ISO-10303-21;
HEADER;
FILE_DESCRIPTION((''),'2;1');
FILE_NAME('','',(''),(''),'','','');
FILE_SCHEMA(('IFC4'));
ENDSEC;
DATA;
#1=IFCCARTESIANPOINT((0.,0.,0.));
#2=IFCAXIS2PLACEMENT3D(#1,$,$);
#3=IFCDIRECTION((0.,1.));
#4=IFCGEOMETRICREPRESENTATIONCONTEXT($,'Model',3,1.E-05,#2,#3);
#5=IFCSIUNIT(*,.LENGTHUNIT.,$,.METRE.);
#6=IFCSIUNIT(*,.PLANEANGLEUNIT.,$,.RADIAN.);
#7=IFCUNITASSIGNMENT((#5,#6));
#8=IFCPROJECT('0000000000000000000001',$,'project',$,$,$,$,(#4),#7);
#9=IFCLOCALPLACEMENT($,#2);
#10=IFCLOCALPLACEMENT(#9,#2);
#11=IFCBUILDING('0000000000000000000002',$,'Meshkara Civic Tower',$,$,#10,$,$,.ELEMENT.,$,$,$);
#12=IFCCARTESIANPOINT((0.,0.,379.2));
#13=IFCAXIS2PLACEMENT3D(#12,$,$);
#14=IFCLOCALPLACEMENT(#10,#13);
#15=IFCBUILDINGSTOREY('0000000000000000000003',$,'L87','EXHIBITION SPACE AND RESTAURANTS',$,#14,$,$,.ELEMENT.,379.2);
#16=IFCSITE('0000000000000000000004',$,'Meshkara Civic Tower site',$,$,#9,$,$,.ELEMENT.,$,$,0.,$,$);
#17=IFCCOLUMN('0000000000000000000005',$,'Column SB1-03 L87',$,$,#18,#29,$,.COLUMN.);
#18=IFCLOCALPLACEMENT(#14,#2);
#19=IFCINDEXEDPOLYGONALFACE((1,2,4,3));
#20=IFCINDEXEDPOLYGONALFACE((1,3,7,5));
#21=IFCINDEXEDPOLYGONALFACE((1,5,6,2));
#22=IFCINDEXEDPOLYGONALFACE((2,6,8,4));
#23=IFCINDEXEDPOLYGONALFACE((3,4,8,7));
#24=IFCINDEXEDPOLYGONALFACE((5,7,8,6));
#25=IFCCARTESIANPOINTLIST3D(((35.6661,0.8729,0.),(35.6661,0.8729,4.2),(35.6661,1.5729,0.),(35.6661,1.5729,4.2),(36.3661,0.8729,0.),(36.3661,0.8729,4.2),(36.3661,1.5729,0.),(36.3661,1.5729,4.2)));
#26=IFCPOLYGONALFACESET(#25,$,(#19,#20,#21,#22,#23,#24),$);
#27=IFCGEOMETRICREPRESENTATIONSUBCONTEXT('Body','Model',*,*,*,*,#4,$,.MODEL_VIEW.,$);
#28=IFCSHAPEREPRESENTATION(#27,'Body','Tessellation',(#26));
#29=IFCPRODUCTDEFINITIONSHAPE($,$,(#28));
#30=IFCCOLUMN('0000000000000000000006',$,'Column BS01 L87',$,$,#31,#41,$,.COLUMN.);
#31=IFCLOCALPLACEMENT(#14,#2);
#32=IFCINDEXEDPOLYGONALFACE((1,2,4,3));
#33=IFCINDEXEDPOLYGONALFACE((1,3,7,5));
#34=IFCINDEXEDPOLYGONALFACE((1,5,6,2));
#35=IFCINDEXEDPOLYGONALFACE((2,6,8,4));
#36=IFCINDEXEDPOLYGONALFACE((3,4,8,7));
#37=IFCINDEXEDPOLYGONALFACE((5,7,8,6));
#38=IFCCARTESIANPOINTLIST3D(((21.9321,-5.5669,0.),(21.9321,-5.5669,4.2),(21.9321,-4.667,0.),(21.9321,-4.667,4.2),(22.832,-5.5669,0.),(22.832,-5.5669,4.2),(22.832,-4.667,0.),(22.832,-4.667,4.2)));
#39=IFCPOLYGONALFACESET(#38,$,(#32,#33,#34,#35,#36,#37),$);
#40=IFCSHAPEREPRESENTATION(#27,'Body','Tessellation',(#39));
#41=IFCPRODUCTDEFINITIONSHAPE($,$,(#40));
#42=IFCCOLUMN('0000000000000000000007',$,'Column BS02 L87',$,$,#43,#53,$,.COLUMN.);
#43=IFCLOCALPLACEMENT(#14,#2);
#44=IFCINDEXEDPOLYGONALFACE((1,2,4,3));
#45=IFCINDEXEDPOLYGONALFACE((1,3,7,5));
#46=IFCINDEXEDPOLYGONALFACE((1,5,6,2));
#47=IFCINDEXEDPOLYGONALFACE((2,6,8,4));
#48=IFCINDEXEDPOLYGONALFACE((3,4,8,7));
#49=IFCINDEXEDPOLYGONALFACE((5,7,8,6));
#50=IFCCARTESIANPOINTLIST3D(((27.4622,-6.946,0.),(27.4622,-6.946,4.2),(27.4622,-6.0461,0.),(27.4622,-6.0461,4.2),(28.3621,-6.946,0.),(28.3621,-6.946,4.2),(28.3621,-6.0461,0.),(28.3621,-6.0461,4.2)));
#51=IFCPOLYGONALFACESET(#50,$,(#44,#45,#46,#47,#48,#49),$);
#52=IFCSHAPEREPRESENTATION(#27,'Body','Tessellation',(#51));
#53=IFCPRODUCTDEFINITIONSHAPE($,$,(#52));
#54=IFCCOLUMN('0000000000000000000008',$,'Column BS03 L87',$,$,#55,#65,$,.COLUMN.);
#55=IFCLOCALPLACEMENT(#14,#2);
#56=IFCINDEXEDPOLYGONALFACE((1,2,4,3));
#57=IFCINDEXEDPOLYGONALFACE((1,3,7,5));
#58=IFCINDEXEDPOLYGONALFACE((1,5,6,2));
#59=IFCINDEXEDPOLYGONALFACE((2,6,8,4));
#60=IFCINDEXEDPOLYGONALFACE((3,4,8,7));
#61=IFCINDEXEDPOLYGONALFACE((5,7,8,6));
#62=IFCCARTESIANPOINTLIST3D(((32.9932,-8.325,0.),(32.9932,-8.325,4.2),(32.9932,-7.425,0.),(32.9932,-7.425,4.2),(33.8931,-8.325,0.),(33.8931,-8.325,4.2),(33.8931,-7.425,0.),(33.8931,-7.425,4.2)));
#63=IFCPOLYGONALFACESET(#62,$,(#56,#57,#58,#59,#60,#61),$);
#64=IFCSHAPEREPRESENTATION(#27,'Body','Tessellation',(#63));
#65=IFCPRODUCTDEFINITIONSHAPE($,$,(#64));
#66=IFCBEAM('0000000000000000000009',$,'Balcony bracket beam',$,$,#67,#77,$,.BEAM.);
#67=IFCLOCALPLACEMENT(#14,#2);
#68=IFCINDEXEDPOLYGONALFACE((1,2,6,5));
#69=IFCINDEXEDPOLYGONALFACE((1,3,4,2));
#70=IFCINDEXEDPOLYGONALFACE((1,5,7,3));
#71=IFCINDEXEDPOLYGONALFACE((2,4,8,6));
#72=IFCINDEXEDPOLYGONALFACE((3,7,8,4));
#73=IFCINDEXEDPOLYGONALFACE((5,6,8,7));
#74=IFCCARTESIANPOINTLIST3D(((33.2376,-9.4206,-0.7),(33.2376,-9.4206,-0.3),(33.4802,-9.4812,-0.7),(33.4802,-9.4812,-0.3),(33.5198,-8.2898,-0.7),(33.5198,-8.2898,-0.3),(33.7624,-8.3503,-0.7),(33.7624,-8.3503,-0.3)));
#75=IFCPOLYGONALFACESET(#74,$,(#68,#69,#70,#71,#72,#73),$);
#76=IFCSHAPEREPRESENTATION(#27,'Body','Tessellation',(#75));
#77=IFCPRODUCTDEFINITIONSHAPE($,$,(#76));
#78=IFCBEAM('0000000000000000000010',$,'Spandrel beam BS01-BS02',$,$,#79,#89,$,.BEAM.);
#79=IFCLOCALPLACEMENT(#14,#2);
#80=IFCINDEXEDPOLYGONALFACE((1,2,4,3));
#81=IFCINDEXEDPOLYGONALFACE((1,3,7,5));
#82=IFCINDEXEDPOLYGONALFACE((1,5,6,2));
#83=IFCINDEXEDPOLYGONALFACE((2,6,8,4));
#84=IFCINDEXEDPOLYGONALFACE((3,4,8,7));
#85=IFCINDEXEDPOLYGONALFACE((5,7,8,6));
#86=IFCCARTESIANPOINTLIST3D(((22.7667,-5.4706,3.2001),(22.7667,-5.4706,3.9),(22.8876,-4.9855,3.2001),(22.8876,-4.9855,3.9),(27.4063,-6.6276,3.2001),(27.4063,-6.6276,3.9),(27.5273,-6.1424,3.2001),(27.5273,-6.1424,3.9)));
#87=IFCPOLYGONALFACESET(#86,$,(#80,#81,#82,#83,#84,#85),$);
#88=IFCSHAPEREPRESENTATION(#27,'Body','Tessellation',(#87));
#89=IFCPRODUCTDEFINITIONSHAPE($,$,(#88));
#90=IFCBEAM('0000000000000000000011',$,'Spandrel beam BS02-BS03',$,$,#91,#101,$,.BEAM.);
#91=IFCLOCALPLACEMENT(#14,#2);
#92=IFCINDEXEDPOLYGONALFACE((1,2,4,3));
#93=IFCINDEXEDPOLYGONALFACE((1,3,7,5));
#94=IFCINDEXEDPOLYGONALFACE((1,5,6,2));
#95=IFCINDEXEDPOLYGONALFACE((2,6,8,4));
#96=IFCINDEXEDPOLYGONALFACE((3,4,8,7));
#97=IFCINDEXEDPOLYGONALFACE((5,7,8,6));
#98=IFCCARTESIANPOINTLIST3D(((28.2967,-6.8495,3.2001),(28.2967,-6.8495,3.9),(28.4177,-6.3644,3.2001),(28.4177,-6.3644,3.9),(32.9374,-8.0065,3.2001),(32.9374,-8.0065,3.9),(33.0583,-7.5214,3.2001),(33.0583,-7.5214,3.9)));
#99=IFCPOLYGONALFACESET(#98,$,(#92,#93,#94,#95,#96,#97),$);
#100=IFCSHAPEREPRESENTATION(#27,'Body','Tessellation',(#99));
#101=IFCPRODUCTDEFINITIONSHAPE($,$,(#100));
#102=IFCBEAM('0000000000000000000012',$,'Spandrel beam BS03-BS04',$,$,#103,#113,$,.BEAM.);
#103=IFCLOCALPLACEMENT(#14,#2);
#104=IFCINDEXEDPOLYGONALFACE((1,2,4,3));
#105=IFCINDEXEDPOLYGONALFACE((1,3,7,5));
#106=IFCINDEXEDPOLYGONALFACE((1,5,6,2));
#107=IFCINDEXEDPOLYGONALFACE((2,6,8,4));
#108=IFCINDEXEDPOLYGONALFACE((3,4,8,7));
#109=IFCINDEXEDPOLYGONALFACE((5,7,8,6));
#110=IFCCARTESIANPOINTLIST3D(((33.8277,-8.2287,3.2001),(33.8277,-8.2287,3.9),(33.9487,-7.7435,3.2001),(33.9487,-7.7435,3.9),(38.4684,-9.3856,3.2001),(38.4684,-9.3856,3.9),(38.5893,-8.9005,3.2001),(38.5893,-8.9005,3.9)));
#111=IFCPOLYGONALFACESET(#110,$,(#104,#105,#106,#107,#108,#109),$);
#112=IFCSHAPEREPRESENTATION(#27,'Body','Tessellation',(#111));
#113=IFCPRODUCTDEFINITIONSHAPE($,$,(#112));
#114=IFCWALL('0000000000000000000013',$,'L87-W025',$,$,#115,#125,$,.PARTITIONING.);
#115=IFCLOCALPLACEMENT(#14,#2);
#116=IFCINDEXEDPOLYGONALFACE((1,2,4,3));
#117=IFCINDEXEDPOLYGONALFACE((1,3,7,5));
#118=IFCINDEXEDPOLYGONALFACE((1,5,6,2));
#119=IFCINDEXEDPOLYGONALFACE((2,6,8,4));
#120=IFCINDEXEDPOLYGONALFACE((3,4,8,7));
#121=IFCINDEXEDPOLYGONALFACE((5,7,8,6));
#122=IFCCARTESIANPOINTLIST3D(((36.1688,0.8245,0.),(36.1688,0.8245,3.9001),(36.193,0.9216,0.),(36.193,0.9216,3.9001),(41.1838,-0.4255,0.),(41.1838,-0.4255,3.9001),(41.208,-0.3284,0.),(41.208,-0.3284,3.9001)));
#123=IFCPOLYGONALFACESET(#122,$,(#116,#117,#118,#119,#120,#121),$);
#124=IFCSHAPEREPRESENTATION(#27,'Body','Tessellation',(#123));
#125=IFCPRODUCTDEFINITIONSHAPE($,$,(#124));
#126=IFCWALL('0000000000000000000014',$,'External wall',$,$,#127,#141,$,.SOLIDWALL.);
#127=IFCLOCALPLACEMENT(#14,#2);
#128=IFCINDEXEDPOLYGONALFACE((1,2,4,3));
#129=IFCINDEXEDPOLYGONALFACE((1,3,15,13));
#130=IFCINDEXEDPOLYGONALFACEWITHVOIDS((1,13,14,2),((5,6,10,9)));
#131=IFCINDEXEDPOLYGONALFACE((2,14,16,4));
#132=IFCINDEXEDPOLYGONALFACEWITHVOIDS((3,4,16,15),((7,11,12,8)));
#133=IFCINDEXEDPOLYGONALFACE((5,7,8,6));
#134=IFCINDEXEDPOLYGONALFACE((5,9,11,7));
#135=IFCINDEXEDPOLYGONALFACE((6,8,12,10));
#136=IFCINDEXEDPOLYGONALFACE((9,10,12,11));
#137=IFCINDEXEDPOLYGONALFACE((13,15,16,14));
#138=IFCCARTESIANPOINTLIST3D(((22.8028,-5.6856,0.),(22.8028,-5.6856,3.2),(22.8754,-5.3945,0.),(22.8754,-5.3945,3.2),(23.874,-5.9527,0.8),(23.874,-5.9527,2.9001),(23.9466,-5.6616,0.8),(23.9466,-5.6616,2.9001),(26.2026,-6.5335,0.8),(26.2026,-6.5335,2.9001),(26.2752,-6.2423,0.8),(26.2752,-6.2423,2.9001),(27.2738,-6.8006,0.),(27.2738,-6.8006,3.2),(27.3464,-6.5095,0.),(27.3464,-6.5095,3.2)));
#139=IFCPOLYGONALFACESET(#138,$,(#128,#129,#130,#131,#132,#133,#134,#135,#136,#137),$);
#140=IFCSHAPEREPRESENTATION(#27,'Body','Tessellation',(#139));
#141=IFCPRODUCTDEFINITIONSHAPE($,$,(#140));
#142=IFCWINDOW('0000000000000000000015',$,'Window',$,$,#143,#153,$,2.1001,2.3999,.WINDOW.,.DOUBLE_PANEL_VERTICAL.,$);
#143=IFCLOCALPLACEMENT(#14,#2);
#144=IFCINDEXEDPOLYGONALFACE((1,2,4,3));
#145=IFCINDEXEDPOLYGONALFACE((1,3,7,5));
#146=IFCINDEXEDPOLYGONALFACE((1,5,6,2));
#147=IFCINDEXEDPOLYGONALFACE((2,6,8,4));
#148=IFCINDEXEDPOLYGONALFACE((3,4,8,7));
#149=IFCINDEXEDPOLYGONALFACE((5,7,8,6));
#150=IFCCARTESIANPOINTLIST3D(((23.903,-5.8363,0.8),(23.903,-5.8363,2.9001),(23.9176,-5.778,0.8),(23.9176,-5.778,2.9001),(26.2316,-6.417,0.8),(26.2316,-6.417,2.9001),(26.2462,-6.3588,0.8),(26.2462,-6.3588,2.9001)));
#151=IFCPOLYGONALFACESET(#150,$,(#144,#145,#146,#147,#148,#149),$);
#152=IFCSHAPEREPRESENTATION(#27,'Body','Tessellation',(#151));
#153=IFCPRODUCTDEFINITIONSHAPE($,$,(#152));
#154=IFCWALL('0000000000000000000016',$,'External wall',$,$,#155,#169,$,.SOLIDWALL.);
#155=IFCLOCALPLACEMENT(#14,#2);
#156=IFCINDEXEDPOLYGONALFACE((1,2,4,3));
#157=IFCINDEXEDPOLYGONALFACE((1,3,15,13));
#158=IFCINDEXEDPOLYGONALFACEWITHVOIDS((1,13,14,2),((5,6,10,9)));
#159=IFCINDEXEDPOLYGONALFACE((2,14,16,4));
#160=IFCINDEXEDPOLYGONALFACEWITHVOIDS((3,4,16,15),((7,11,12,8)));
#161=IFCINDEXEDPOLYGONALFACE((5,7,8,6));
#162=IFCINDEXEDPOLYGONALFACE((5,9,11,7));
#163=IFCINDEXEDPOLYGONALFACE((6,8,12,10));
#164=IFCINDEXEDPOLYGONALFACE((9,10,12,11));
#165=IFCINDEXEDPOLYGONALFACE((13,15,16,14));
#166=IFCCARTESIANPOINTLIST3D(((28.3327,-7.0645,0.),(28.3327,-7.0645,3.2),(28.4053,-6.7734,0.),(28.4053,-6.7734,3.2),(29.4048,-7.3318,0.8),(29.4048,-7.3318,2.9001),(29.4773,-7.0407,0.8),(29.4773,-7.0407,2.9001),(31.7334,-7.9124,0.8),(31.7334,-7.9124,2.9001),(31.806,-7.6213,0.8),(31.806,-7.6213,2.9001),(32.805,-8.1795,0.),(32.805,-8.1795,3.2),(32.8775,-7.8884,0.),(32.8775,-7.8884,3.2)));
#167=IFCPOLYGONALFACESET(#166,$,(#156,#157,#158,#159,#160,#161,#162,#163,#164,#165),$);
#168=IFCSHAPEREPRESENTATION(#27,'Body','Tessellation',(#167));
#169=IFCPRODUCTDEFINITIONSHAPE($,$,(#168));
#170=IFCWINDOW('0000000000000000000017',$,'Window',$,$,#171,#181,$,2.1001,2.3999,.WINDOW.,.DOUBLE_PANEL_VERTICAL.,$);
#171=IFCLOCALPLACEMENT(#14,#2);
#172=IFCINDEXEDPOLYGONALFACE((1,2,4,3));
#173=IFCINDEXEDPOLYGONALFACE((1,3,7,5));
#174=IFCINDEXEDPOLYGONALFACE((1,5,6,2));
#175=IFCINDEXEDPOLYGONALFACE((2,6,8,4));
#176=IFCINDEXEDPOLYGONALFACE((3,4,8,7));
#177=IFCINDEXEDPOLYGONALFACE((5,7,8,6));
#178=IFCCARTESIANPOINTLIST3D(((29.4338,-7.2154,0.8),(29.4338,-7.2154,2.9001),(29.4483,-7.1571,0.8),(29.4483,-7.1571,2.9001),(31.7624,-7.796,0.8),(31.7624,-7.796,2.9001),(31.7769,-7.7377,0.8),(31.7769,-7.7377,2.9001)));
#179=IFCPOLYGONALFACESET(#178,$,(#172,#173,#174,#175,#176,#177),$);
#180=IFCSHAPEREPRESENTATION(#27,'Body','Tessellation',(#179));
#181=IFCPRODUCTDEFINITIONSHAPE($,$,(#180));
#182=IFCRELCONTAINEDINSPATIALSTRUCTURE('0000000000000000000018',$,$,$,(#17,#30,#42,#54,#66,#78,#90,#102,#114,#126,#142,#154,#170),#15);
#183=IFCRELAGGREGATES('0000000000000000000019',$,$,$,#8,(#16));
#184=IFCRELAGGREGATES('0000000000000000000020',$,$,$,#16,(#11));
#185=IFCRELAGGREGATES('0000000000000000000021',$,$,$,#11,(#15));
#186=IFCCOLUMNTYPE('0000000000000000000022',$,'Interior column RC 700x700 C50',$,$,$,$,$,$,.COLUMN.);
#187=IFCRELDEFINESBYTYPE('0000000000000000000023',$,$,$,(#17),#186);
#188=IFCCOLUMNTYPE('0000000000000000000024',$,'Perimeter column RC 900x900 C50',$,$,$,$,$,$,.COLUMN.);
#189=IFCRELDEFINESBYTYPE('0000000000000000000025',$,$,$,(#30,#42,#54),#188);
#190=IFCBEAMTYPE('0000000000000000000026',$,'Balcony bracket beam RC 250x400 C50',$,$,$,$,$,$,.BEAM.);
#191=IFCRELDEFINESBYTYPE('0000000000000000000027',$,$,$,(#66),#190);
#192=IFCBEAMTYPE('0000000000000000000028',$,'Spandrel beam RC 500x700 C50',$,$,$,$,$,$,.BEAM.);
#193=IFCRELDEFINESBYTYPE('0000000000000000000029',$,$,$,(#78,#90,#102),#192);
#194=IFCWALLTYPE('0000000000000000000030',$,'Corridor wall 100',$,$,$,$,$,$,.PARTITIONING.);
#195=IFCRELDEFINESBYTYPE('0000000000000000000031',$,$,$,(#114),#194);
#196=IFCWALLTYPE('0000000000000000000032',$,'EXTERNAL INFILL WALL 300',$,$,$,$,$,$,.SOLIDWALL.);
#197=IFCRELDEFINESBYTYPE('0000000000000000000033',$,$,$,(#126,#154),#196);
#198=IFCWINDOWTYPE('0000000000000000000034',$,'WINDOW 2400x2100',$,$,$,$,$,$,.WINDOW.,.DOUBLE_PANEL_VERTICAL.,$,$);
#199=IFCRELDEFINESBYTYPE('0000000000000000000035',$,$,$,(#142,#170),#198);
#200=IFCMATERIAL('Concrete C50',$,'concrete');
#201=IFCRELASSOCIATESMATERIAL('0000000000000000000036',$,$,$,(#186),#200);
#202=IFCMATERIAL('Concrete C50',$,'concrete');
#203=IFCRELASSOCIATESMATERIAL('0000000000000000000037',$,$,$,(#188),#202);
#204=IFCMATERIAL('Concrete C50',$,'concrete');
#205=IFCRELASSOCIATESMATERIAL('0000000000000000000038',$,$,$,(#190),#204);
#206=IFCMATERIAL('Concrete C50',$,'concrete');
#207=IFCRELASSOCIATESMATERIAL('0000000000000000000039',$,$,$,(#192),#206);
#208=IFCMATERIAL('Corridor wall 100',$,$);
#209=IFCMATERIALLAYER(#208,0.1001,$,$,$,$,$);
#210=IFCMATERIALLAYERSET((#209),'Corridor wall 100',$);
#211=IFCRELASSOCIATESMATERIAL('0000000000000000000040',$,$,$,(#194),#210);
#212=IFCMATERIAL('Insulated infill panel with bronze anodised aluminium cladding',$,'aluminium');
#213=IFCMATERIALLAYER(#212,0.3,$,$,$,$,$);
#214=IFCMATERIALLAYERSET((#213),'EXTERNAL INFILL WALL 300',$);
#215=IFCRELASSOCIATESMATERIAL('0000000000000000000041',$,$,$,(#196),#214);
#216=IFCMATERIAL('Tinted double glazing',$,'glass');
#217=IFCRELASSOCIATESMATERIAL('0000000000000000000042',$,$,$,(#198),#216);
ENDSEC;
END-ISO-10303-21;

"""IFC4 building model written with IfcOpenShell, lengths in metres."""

from ifc_helpers import new_model, si_unit, direction, frame, frame_2d, origin, origin_2d, place, context, subcontext, project, spatial, rectangle, extrude, material, layer, layer_set, material_profile, profile_set, type_object, element, fill, save


model = new_model("IFC4")

# Units and contexts
model_context = context("Model", 3, precision=1e-05, world=origin(), true_north=direction((0.0, 1.0)))
body_context = subcontext(model_context, "Body", "Model", "MODEL_VIEW")
ifc_project = project(units=[si_unit("LENGTHUNIT", "METRE"), si_unit("PLANEANGLEUNIT", "RADIAN")], contexts=[model_context])

# Site, building, storey
site_placement = place(None, origin())
site = spatial("IfcSite", under=ifc_project, at=site_placement, Name="Meshkara Civic Tower site", CompositionType="ELEMENT", RefElevation=0.0)
building_placement = place(site_placement, origin())
building = spatial("IfcBuilding", under=site, at=building_placement, Name="Meshkara Civic Tower", CompositionType="ELEMENT")
storey_placement = place(building_placement, frame((0.0, 0.0, 379.2)))
storey = spatial("IfcBuildingStorey", under=building, at=storey_placement, Name="L87", Description="EXHIBITION SPACE AND RESTAURANTS", CompositionType="ELEMENT", Elevation=379.2)

# Columns
ifc_material_1 = material(Name="Concrete C50", Category="concrete")
ifc_material_profile_1 = material_profile(ifc_material_1, rectangle(XDim=0.7, YDim=0.7, at=origin_2d()))
ifc_profile_set_1 = profile_set([ifc_material_profile_1], Name="Concrete C50")
column_type_1 = type_object("IfcColumnType", Name="Interior column RC 700x700 C50", PredefinedType="COLUMN", material=ifc_profile_set_1)
column_placement = place(storey_placement, frame((36.0161, 1.2229, 0.0), z_axis=(0.0, 0.0, 1.0), x_axis=(1.0, 0.0, 0.0)))
element("IfcColumn", 1, at=column_placement, inside=storey, type_object=column_type_1, Name="Column SB1-03 L87", PredefinedType="COLUMN", context=body_context, shape_type="SweptSolid", body=[
    extrude(rectangle(XDim=0.7, YDim=0.7, at=origin_2d()), origin(), (0.0, 0.0, 1.0), 4.2),
])
ifc_material_2 = material(Name="Concrete C50", Category="concrete")
ifc_material_profile_2 = material_profile(ifc_material_2, rectangle(XDim=0.8999, YDim=0.8999, at=origin_2d()))
ifc_profile_set_2 = profile_set([ifc_material_profile_2], Name="Concrete C50")
column_type_2 = type_object("IfcColumnType", Name="Perimeter column RC 900x900 C50", PredefinedType="COLUMN", material=ifc_profile_set_2)
for number, where, z_axis, x_axis, name in (
    (2, (22.3821, -5.1169, 0.0), (0.0, 0.0, 1.0), (1.0, 0.0, 0.0), "Column BS01 L87"),
    (3, (27.9121, -6.4961, 0.0), (0.0, 0.0, 1.0), (1.0, 0.0, 0.0), "Column BS02 L87"),
    (4, (33.4431, -7.875, 0.0), (0.0, 0.0, 1.0), (1.0, 0.0, 0.0), "Column BS03 L87"),
):
    element("IfcColumn", number, at=place(storey_placement, frame(where, z_axis=z_axis, x_axis=x_axis)), inside=storey, type_object=column_type_2, Name=name, PredefinedType="COLUMN", context=body_context, shape_type="SweptSolid", body=[
        extrude(rectangle(XDim=0.8999, YDim=0.8999, at=origin_2d()), origin(), (0.0, 0.0, 1.0), 4.2),
    ])

# Beams
ifc_material_3 = material(Name="Concrete C50", Category="concrete")
ifc_material_profile_3 = material_profile(ifc_material_3, rectangle(XDim=0.25, YDim=0.3999, at=origin_2d()))
ifc_profile_set_3 = profile_set([ifc_material_profile_3], Name="Concrete C50")
beam_type_1 = type_object("IfcBeamType", Name="Balcony bracket beam RC 250x400 C50", PredefinedType="BEAM", material=ifc_profile_set_3)
beam_1_placement = place(storey_placement, frame((33.6411, -8.3201, -0.5), z_axis=(-0.242141, -0.970241, 0.0), x_axis=(0.970241, -0.242141, 0.0)))
element("IfcBeam", 5, at=beam_1_placement, inside=storey, type_object=beam_type_1, Name="Balcony bracket beam", PredefinedType="BEAM", context=body_context, shape_type="SweptSolid", body=[
    extrude(rectangle(XDim=0.25, YDim=0.3999, at=origin_2d()), origin(), (0.0, 0.0, 1.0), 1.1655),
])
ifc_material_4 = material(Name="Concrete C50", Category="concrete")
ifc_material_profile_4 = material_profile(ifc_material_4, rectangle(XDim=0.5, YDim=0.7, at=origin_2d()))
ifc_profile_set_4 = profile_set([ifc_material_profile_4], Name="Concrete C50")
beam_type_2 = type_object("IfcBeamType", Name="Spandrel beam RC 500x700 C50", PredefinedType="BEAM", material=ifc_profile_set_4)
beam_2_placement = place(storey_placement, frame((22.8271, -5.228, 3.55), z_axis=(0.970286, -0.241959, 0.0), x_axis=(0.241959, 0.970286, 0.0)))
element("IfcBeam", 6, at=beam_2_placement, inside=storey, type_object=beam_type_2, Name="Spandrel beam BS01-BS02", PredefinedType="BEAM", context=body_context, shape_type="SweptSolid", body=[
    extrude(rectangle(XDim=0.5, YDim=0.7, at=origin_2d()), origin(), (0.0, 0.0, 1.0), 4.7817),
])
for number, where, z_axis, x_axis, name in (
    (7, (28.3572, -6.6069, 3.55), (0.970298, -0.241911, 0.0), (0.241911, 0.970298, 0.0), "Spandrel beam BS02-BS03"),
    (8, (33.8882, -7.9861, 3.55), (0.970298, -0.241911, 0.0), (0.241911, 0.970298, 0.0), "Spandrel beam BS03-BS04"),
):
    element("IfcBeam", number, at=place(storey_placement, frame(where, z_axis=z_axis, x_axis=x_axis)), inside=storey, type_object=beam_type_2, Name=name, PredefinedType="BEAM", context=body_context, shape_type="SweptSolid", body=[
        extrude(rectangle(XDim=0.5, YDim=0.7, at=origin_2d()), origin(), (0.0, 0.0, 1.0), 4.7827),
    ])

# Wall
ifc_material_5 = material(Name="Corridor wall 100")
ifc_layer_1 = layer(ifc_material_5, 0.1001)
ifc_layer_set_1 = layer_set([ifc_layer_1], Name="Corridor wall 100")
wall_type_1 = type_object("IfcWallType", Name="Corridor wall 100", PredefinedType="PARTITIONING", material=ifc_layer_set_1)
wall_1_placement = place(storey_placement, frame((36.1809, 0.873, 0.0), z_axis=(0.0, 0.0, 1.0), x_axis=(0.970315, -0.241846, 0.0)))
element("IfcWall", 9, at=wall_1_placement, inside=storey, type_object=wall_type_1, Name="L87-W025", PredefinedType="PARTITIONING", context=body_context, shape_type="SweptSolid", body=[
    extrude(rectangle(XDim=5.1685, YDim=0.1001, at=frame_2d((2.5842, 0.0))), origin(), (0.0, 0.0, 1.0), 3.9001),
])

# Walls, openings, windows
ifc_material_6 = material(Name="Insulated infill panel with bronze anodised aluminium cladding", Category="aluminium")
ifc_layer_2 = layer(ifc_material_6, 0.3)
ifc_layer_set_2 = layer_set([ifc_layer_2], Name="EXTERNAL INFILL WALL 300")
wall_type_2 = type_object("IfcWallType", Name="EXTERNAL INFILL WALL 300", PredefinedType="SOLIDWALL", material=ifc_layer_set_2)
wall_2_placement = place(storey_placement, frame((22.8391, -5.54, 0.0), z_axis=(0.0, 0.0, 1.0), x_axis=(0.970283, -0.241975, 0.0)))
wall_2 = element("IfcWall", 10, at=wall_2_placement, inside=storey, type_object=wall_type_2, Name="External wall", PredefinedType="SOLIDWALL", context=body_context, shape_type="SweptSolid", body=[
    extrude(rectangle(XDim=4.6079, YDim=0.3, at=frame_2d((2.304, 0.0))), origin(), (0.0, 0.0, 1.0), 3.2),
])
opening_1_placement = place(wall_2_placement, frame((1.104, 0.0, 0.8)))
opening_1 = element("IfcOpeningElement", 11, at=opening_1_placement, cuts=wall_2, PredefinedType="OPENING", context=body_context, shape_type="SweptSolid", body=[
    extrude(rectangle(XDim=2.3999, YDim=2.1001, at=frame_2d((1.2, 1.05))), frame((0.0, 0.1599, 0.0), z_axis=(0.0, -1.0, 0.0), x_axis=(1.0, 0.0, 0.0)), (0.0, 0.0, 1.0), 0.3201),
])
ifc_material_7 = material(Name="Tinted double glazing", Category="glass")
window_type = type_object("IfcWindowType", Name="WINDOW 2400x2100", PartitioningType="DOUBLE_PANEL_VERTICAL", PredefinedType="WINDOW", material=ifc_material_7)
window_1_placement = place(opening_1_placement, origin())
window_1 = element("IfcWindow", 12, at=window_1_placement, inside=storey, type_object=window_type, Name="Window", OverallHeight=2.1001, OverallWidth=2.3999, PartitioningType="DOUBLE_PANEL_VERTICAL", PredefinedType="WINDOW", context=body_context, shape_type="SweptSolid", body=[
    extrude(rectangle(XDim=2.3999, YDim=2.1001, at=frame_2d((1.2, 1.05))), frame((0.0, 0.03, 0.0), z_axis=(0.0, -1.0, 0.0), x_axis=(1.0, 0.0, 0.0)), (0.0, 0.0, 1.0), 0.0601),
])
fill(opening_1, window_1)
wall_3_placement = place(storey_placement, frame((28.3689, -6.9189, 0.0), z_axis=(0.0, 0.0, 1.0), x_axis=(0.970298, -0.241912, 0.0)))
wall_3 = element("IfcWall", 13, at=wall_3_placement, inside=storey, type_object=wall_type_2, Name="External wall", PredefinedType="SOLIDWALL", context=body_context, shape_type="SweptSolid", body=[
    extrude(rectangle(XDim=4.6091, YDim=0.3, at=frame_2d((2.3047, 0.0))), origin(), (0.0, 0.0, 1.0), 3.2),
])
opening_2_placement = place(wall_3_placement, frame((1.105, 0.0, 0.8)))
opening_2 = element("IfcOpeningElement", 14, at=opening_2_placement, cuts=wall_3, PredefinedType="OPENING", context=body_context, shape_type="SweptSolid", body=[
    extrude(rectangle(XDim=2.3999, YDim=2.1001, at=frame_2d((1.2, 1.05))), frame((0.0, 0.1599, 0.0), z_axis=(0.0, -1.0, 0.0), x_axis=(1.0, 0.0, 0.0)), (0.0, 0.0, 1.0), 0.3201),
])
window_2_placement = place(opening_2_placement, origin())
window_2 = element("IfcWindow", 15, at=window_2_placement, inside=storey, type_object=window_type, Name="Window", OverallHeight=2.1001, OverallWidth=2.3999, PartitioningType="DOUBLE_PANEL_VERTICAL", PredefinedType="WINDOW", context=body_context, shape_type="SweptSolid", body=[
    extrude(rectangle(XDim=2.3999, YDim=2.1001, at=frame_2d((1.2, 1.05))), frame((0.0, 0.03, 0.0), z_axis=(0.0, -1.0, 0.0), x_axis=(1.0, 0.0, 0.0)), (0.0, 0.0, 1.0), 0.0601),
])
fill(opening_2, window_2)

save(model, "model.ifc")
